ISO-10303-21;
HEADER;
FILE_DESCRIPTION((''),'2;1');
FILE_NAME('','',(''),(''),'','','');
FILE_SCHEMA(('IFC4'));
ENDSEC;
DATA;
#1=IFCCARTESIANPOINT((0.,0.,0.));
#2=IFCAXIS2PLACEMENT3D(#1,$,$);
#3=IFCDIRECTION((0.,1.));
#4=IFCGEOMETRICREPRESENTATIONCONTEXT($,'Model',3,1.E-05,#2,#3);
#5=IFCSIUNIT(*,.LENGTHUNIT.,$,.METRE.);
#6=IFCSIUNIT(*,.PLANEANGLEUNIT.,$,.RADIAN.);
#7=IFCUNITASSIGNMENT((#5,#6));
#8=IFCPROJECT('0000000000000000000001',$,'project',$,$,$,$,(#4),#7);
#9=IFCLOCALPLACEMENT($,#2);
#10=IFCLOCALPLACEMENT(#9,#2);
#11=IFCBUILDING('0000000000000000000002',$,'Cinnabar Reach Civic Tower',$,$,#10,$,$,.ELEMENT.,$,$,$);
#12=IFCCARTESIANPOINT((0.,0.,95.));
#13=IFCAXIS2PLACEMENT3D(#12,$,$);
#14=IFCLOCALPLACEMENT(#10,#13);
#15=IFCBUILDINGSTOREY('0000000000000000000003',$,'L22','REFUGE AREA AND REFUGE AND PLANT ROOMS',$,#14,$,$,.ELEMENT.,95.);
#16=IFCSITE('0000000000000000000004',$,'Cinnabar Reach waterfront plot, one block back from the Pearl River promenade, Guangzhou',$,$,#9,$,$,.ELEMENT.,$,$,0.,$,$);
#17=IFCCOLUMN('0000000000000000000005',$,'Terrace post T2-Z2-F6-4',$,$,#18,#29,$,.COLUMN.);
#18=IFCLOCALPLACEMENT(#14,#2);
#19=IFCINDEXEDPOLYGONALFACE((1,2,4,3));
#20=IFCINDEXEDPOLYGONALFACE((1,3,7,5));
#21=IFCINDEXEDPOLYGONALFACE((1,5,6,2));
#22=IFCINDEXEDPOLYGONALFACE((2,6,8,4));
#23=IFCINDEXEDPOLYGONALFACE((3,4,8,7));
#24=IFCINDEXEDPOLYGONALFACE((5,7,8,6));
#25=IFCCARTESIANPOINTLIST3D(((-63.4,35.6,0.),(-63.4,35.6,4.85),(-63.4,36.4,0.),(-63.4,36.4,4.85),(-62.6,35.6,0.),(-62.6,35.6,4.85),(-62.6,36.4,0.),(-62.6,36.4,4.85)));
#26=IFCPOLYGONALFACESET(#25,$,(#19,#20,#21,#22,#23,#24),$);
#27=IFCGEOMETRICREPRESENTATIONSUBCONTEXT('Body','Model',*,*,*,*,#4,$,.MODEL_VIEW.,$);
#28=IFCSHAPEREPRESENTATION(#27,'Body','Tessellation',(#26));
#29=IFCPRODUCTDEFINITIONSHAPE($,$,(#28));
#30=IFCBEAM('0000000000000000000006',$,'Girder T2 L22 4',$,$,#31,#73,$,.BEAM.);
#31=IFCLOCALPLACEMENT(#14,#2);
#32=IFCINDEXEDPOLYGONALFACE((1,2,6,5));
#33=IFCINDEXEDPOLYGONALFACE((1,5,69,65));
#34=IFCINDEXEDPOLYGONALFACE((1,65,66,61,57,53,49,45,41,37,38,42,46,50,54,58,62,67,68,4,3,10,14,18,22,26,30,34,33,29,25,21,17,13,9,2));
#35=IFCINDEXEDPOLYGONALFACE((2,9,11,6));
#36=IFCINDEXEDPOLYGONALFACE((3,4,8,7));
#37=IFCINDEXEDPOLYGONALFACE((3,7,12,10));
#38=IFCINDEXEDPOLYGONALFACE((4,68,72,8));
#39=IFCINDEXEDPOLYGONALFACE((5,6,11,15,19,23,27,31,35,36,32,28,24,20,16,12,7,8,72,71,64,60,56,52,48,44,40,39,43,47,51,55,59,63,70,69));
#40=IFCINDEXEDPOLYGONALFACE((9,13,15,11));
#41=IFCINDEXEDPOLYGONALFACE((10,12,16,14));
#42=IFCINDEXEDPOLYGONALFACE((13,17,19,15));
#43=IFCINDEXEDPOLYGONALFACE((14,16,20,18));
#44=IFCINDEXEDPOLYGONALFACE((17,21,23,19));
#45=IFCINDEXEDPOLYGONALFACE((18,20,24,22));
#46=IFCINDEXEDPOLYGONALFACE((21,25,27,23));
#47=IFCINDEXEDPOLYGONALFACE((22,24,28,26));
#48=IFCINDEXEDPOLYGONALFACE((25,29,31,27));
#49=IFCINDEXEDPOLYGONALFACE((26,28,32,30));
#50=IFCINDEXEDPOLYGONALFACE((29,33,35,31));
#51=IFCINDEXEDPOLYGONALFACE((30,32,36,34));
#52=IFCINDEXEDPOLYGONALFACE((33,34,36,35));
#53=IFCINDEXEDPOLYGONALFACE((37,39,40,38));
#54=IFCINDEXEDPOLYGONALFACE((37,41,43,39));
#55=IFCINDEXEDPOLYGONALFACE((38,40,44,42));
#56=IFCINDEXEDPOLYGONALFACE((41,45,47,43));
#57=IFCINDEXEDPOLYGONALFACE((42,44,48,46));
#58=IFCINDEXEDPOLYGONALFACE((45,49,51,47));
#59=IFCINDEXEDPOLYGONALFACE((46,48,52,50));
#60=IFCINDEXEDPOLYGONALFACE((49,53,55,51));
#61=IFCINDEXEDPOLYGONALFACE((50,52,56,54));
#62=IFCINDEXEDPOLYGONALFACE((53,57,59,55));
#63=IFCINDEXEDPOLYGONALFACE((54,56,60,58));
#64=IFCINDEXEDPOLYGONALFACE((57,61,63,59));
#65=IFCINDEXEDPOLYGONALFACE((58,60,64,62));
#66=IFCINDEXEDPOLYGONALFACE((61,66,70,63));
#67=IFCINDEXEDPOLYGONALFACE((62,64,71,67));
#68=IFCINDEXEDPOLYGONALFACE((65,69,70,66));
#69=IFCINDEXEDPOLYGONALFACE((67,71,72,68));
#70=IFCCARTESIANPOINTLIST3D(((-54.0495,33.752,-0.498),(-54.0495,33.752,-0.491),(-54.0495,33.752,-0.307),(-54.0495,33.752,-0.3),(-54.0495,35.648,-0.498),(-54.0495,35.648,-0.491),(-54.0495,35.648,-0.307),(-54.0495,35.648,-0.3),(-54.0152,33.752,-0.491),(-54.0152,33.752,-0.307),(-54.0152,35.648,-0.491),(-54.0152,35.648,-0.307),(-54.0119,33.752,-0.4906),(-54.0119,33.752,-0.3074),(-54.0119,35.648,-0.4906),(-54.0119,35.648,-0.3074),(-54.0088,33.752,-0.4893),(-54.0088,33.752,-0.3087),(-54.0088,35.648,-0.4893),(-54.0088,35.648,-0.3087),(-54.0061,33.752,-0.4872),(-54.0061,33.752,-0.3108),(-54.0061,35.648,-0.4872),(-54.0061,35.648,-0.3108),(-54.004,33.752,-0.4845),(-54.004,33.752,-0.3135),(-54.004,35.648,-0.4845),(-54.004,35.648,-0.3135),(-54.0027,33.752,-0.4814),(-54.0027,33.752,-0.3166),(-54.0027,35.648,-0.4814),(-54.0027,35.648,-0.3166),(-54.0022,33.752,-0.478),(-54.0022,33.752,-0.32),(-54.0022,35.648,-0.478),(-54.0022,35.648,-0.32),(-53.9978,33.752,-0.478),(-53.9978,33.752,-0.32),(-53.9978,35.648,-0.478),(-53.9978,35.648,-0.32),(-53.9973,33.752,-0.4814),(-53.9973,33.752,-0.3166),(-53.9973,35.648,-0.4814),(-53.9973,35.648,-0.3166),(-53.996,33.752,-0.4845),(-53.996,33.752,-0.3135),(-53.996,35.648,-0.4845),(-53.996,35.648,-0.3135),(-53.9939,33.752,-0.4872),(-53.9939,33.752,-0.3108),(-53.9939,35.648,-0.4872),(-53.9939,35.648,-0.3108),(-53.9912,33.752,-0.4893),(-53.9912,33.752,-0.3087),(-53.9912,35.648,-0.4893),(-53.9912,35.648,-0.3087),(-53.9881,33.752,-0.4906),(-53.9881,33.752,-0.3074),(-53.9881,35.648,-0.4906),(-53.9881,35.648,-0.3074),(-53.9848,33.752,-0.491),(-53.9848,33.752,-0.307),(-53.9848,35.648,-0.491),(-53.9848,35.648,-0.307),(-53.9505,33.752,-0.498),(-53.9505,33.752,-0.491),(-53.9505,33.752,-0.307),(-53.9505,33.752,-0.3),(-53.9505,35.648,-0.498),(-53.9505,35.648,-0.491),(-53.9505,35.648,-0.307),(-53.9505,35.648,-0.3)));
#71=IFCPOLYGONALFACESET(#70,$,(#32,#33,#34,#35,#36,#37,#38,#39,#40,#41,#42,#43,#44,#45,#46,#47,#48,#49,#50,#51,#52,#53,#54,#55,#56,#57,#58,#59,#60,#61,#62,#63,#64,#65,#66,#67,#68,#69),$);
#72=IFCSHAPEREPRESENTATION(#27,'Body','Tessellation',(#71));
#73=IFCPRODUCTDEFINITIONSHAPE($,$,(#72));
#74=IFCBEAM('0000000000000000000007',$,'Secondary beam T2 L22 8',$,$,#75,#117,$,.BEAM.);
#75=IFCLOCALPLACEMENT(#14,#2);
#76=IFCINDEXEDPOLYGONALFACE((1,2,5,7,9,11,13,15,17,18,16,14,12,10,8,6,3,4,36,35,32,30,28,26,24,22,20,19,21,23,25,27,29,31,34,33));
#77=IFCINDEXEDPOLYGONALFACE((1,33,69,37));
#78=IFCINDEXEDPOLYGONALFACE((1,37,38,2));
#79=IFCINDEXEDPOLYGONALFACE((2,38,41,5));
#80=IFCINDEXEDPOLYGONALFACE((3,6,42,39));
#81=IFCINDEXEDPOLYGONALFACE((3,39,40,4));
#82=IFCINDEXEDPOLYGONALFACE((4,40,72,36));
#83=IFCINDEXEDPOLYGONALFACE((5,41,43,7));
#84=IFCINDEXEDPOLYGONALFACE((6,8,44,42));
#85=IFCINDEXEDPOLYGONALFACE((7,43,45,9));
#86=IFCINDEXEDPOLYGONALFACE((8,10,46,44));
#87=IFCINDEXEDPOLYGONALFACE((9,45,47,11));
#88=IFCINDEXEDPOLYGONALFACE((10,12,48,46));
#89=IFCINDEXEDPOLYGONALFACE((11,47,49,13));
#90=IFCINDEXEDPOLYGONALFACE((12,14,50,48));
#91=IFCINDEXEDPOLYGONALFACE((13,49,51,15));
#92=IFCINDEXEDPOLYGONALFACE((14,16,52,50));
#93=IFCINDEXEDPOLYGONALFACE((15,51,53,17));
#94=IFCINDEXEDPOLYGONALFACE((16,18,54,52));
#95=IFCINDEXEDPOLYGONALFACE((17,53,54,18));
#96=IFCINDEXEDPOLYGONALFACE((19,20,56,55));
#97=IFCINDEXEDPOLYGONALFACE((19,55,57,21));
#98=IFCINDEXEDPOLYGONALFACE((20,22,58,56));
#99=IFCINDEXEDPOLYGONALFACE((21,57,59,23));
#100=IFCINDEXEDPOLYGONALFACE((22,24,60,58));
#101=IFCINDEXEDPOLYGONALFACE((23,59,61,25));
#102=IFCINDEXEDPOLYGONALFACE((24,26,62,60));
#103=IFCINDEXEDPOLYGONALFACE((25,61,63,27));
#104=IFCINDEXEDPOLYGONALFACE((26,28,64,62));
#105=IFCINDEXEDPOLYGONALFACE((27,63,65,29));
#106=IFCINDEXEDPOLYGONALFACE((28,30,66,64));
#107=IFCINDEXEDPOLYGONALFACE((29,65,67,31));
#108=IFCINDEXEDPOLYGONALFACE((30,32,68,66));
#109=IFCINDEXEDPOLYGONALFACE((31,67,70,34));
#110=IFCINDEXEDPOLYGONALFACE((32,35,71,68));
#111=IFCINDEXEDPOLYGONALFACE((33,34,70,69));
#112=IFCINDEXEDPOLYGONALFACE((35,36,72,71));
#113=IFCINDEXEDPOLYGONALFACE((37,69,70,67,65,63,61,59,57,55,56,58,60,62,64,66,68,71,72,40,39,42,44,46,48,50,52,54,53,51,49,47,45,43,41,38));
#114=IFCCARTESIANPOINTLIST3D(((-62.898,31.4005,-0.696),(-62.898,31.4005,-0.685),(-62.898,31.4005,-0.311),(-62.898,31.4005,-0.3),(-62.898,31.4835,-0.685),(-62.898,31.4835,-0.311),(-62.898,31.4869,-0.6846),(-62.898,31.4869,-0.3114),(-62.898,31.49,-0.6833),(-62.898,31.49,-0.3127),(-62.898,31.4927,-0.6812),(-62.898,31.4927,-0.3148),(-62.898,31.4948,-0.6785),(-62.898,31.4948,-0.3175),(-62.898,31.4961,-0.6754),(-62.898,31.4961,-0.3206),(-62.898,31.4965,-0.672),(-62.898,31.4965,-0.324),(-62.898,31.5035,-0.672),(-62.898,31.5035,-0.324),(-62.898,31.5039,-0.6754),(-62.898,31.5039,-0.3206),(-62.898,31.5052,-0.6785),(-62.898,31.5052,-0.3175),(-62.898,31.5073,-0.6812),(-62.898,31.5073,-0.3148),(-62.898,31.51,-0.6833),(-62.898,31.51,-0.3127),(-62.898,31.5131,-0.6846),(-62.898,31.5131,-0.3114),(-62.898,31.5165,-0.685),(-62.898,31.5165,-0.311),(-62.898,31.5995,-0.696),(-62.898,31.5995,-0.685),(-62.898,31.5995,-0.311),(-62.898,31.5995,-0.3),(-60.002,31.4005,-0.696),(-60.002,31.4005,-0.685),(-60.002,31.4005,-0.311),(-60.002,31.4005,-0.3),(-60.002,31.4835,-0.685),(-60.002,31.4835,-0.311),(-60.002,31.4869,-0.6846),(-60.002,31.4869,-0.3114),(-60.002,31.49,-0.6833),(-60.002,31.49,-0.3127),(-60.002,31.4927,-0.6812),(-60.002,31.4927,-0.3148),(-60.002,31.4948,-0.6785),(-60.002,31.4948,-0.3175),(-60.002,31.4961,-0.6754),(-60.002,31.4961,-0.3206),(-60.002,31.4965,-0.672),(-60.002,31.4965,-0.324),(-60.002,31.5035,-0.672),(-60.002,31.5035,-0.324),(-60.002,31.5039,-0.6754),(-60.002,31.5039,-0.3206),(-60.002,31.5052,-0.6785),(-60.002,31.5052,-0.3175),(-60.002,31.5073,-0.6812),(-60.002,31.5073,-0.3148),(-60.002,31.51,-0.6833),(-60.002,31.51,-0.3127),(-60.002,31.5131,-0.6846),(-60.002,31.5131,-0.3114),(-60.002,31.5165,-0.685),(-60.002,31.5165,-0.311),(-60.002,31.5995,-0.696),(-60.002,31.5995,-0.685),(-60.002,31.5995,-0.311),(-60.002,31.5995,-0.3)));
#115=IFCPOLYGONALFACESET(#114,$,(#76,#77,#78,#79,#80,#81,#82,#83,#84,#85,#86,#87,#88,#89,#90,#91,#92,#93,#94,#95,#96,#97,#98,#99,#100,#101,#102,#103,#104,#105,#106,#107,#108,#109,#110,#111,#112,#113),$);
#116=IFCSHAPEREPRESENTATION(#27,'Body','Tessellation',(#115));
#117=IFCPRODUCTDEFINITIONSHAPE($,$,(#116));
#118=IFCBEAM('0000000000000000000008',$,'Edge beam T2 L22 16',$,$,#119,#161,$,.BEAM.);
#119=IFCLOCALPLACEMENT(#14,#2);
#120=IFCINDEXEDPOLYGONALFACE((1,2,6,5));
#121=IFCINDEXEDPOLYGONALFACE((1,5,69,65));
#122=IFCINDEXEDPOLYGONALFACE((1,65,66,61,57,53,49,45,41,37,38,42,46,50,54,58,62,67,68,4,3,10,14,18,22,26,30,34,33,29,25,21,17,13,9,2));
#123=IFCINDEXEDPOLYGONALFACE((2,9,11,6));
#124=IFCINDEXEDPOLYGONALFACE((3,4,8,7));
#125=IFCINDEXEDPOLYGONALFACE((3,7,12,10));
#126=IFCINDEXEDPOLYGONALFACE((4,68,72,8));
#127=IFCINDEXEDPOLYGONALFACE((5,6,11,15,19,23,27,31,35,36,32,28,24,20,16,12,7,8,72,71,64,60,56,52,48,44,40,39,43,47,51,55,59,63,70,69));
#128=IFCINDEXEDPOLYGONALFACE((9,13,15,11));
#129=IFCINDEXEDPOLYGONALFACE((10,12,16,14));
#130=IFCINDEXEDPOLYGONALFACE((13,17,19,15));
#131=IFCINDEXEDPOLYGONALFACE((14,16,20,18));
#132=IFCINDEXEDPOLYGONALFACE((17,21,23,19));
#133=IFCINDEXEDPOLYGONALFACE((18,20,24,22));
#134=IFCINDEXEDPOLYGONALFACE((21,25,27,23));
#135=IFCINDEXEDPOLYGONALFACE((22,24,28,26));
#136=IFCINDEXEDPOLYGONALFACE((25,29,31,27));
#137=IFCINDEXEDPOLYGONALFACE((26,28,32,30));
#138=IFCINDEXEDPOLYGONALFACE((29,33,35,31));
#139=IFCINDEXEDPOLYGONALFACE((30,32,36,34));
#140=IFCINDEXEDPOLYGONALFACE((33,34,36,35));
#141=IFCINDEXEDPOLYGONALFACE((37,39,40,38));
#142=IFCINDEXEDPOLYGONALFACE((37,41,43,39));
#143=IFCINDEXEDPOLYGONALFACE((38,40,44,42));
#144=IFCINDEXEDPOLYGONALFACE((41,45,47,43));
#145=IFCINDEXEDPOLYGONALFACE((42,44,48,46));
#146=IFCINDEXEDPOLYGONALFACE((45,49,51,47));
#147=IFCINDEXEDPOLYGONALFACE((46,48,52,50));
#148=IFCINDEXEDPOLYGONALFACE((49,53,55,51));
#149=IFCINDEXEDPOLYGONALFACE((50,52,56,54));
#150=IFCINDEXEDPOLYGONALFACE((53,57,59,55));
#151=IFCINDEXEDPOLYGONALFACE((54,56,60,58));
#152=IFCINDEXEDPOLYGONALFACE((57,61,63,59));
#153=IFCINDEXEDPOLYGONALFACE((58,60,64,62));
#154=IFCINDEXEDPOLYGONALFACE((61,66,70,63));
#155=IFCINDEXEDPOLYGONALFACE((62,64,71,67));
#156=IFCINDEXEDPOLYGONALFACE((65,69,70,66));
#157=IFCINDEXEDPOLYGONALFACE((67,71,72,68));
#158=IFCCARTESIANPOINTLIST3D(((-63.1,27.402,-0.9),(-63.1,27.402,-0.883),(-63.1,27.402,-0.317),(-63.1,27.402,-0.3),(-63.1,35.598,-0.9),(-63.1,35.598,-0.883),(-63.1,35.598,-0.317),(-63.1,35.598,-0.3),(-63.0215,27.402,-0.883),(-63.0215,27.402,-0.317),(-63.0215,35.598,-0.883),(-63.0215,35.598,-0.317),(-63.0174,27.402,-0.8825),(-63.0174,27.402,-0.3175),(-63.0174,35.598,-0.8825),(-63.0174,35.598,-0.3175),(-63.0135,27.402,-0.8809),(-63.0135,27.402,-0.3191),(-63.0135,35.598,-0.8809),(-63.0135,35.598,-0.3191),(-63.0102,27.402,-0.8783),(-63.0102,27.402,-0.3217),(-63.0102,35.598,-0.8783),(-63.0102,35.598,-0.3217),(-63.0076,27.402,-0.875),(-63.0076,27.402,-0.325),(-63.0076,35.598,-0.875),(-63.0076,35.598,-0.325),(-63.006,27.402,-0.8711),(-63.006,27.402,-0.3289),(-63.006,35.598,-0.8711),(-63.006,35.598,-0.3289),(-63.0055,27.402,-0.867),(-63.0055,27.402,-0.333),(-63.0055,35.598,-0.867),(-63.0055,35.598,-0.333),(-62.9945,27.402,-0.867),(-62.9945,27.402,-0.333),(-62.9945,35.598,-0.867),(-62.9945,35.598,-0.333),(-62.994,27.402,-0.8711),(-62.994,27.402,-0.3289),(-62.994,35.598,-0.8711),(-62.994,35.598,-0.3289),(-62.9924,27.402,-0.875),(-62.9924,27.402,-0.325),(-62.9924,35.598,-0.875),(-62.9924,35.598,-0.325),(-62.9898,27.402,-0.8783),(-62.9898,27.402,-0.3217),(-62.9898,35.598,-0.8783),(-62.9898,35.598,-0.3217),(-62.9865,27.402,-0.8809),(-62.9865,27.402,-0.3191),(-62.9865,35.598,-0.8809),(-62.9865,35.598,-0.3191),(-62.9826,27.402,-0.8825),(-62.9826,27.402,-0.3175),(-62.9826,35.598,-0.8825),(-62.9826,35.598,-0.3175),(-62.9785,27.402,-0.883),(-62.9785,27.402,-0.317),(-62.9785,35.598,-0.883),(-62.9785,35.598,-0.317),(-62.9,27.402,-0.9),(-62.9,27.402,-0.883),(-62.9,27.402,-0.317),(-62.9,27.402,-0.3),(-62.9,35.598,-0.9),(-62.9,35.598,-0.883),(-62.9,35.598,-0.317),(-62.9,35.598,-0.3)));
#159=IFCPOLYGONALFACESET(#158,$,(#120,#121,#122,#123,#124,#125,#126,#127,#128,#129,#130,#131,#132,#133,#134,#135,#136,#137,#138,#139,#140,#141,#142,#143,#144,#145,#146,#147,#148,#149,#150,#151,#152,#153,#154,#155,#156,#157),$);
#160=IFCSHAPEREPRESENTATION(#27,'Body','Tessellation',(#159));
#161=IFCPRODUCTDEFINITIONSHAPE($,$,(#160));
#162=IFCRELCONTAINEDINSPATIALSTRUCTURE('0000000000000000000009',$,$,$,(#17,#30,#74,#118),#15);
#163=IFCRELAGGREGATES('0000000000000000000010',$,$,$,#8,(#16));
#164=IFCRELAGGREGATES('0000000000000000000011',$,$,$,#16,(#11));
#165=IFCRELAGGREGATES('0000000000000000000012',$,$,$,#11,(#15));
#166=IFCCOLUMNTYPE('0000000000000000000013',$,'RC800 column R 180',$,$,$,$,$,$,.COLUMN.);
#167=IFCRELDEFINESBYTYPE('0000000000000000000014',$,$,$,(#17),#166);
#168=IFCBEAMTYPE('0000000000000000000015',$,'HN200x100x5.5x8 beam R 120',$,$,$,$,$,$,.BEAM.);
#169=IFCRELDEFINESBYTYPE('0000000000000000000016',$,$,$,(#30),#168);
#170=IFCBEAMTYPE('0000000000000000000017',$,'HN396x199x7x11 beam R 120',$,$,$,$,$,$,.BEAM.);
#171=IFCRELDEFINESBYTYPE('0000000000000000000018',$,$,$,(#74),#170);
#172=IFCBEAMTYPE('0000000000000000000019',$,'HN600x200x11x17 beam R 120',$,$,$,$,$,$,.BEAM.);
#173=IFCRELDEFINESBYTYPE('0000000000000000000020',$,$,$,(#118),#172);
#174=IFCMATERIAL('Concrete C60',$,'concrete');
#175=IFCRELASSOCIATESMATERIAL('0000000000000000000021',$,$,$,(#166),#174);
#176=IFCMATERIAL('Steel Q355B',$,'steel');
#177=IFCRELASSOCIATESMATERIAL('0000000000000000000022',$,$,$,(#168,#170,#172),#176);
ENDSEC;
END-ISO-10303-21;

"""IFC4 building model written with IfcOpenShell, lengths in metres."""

from ifc_helpers import new_model, si_unit, direction, frame, origin, origin_2d, place, context, subcontext, project, spatial, rectangle, i_section, extrude, material, material_profile, profile_set, type_object, element, save


model = new_model("IFC4")

# Units and contexts
model_context = context("Model", 3, precision=1e-05, world=origin(), true_north=direction((0.0, 1.0)))
body_context = subcontext(model_context, "Body", "Model", "MODEL_VIEW")
ifc_project = project(units=[si_unit("LENGTHUNIT", "METRE"), si_unit("PLANEANGLEUNIT", "RADIAN")], contexts=[model_context])

# Site, building, storey
site_placement = place(None, origin())
site = spatial("IfcSite", under=ifc_project, at=site_placement, Name="Cinnabar Reach waterfront plot, one block back from the Pearl River promenade, Guangzhou", CompositionType="ELEMENT", RefElevation=0.0)
building_placement = place(site_placement, origin())
building = spatial("IfcBuilding", under=site, at=building_placement, Name="Cinnabar Reach Civic Tower", CompositionType="ELEMENT")
storey_placement = place(building_placement, frame((0.0, 0.0, 95.0)))
storey = spatial("IfcBuildingStorey", under=building, at=storey_placement, Name="L22", Description="REFUGE AREA AND REFUGE AND PLANT ROOMS", CompositionType="ELEMENT", Elevation=95.0)

# Column
ifc_material_1 = material(Name="Concrete C60", Category="concrete")
ifc_material_profile_1 = material_profile(ifc_material_1, rectangle(XDim=0.8, YDim=0.8, at=origin_2d()), Name="RC800")
ifc_profile_set_1 = profile_set([ifc_material_profile_1], Name="Concrete C60")
column_type = type_object("IfcColumnType", Name="RC800 column R 180", PredefinedType="COLUMN", material=ifc_profile_set_1)
column_placement = place(storey_placement, frame((-63.0, 36.0, 0.0), z_axis=(0.0, 0.0, 1.0), x_axis=(1.0, 0.0, 0.0)))
element("IfcColumn", 1, at=column_placement, inside=storey, type_object=column_type, Name="Terrace post T2-Z2-F6-4", PredefinedType="COLUMN", context=body_context, shape_type="SweptSolid", body=[
    extrude(rectangle(XDim=0.8, YDim=0.8, at=origin_2d()), origin(), (0.0, 0.0, 1.0), 4.85),
])

# Beams
ifc_material_2 = material(Name="Steel Q355B", Category="steel")
ifc_material_profile_2 = material_profile(ifc_material_2, i_section(OverallWidth=0.099, OverallDepth=0.198, WebThickness=0.0045, FlangeThickness=0.007, FilletRadius=0.013, at=origin_2d()), Name="HN200x100x5.5x8")
ifc_profile_set_2 = profile_set([ifc_material_profile_2], Name="Steel Q355B")
beam_type_1 = type_object("IfcBeamType", Name="HN200x100x5.5x8 beam R 120", PredefinedType="BEAM", material=ifc_profile_set_2)
beam_1_placement = place(storey_placement, frame((-54.0, 33.752, -0.399), z_axis=(0.0, 1.0, 0.0), x_axis=(-1.0, 0.0, 0.0)))
element("IfcBeam", 2, at=beam_1_placement, inside=storey, type_object=beam_type_1, Name="Girder T2 L22 4", PredefinedType="BEAM", context=body_context, shape_type="SweptSolid", body=[
    extrude(i_section(OverallWidth=0.099, OverallDepth=0.198, WebThickness=0.0045, FlangeThickness=0.007, FilletRadius=0.013, at=origin_2d()), origin(), (0.0, 0.0, 1.0), 1.896),
])
ifc_material_profile_3 = material_profile(ifc_material_2, i_section(OverallWidth=0.199, OverallDepth=0.396, WebThickness=0.007, FlangeThickness=0.011, FilletRadius=0.013, at=origin_2d()), Name="HN396x199x7x11")
ifc_profile_set_3 = profile_set([ifc_material_profile_3], Name="Steel Q355B")
beam_type_2 = type_object("IfcBeamType", Name="HN396x199x7x11 beam R 120", PredefinedType="BEAM", material=ifc_profile_set_3)
beam_2_placement = place(storey_placement, frame((-62.898, 31.5, -0.498), z_axis=(1.0, 0.0, 0.0), x_axis=(0.0, 1.0, 0.0)))
element("IfcBeam", 3, at=beam_2_placement, inside=storey, type_object=beam_type_2, Name="Secondary beam T2 L22 8", PredefinedType="BEAM", context=body_context, shape_type="SweptSolid", body=[
    extrude(i_section(OverallWidth=0.199, OverallDepth=0.396, WebThickness=0.007, FlangeThickness=0.011, FilletRadius=0.013, at=origin_2d()), origin(), (0.0, 0.0, 1.0), 2.896),
])
ifc_material_profile_4 = material_profile(ifc_material_2, i_section(OverallWidth=0.2, OverallDepth=0.6, WebThickness=0.011, FlangeThickness=0.017, FilletRadius=0.016, at=origin_2d()), Name="HN600x200x11x17")
ifc_profile_set_4 = profile_set([ifc_material_profile_4], Name="Steel Q355B")
beam_type_3 = type_object("IfcBeamType", Name="HN600x200x11x17 beam R 120", PredefinedType="BEAM", material=ifc_profile_set_4)
beam_3_placement = place(storey_placement, frame((-63.0, 35.598, -0.6), z_axis=(0.0, -1.0, 0.0), x_axis=(1.0, 0.0, 0.0)))
element("IfcBeam", 4, at=beam_3_placement, inside=storey, type_object=beam_type_3, Name="Edge beam T2 L22 16", PredefinedType="BEAM", context=body_context, shape_type="SweptSolid", body=[
    extrude(i_section(OverallWidth=0.2, OverallDepth=0.6, WebThickness=0.011, FlangeThickness=0.017, FilletRadius=0.016, at=origin_2d()), origin(), (0.0, 0.0, 1.0), 8.196),
])

save(model, "model.ifc")
